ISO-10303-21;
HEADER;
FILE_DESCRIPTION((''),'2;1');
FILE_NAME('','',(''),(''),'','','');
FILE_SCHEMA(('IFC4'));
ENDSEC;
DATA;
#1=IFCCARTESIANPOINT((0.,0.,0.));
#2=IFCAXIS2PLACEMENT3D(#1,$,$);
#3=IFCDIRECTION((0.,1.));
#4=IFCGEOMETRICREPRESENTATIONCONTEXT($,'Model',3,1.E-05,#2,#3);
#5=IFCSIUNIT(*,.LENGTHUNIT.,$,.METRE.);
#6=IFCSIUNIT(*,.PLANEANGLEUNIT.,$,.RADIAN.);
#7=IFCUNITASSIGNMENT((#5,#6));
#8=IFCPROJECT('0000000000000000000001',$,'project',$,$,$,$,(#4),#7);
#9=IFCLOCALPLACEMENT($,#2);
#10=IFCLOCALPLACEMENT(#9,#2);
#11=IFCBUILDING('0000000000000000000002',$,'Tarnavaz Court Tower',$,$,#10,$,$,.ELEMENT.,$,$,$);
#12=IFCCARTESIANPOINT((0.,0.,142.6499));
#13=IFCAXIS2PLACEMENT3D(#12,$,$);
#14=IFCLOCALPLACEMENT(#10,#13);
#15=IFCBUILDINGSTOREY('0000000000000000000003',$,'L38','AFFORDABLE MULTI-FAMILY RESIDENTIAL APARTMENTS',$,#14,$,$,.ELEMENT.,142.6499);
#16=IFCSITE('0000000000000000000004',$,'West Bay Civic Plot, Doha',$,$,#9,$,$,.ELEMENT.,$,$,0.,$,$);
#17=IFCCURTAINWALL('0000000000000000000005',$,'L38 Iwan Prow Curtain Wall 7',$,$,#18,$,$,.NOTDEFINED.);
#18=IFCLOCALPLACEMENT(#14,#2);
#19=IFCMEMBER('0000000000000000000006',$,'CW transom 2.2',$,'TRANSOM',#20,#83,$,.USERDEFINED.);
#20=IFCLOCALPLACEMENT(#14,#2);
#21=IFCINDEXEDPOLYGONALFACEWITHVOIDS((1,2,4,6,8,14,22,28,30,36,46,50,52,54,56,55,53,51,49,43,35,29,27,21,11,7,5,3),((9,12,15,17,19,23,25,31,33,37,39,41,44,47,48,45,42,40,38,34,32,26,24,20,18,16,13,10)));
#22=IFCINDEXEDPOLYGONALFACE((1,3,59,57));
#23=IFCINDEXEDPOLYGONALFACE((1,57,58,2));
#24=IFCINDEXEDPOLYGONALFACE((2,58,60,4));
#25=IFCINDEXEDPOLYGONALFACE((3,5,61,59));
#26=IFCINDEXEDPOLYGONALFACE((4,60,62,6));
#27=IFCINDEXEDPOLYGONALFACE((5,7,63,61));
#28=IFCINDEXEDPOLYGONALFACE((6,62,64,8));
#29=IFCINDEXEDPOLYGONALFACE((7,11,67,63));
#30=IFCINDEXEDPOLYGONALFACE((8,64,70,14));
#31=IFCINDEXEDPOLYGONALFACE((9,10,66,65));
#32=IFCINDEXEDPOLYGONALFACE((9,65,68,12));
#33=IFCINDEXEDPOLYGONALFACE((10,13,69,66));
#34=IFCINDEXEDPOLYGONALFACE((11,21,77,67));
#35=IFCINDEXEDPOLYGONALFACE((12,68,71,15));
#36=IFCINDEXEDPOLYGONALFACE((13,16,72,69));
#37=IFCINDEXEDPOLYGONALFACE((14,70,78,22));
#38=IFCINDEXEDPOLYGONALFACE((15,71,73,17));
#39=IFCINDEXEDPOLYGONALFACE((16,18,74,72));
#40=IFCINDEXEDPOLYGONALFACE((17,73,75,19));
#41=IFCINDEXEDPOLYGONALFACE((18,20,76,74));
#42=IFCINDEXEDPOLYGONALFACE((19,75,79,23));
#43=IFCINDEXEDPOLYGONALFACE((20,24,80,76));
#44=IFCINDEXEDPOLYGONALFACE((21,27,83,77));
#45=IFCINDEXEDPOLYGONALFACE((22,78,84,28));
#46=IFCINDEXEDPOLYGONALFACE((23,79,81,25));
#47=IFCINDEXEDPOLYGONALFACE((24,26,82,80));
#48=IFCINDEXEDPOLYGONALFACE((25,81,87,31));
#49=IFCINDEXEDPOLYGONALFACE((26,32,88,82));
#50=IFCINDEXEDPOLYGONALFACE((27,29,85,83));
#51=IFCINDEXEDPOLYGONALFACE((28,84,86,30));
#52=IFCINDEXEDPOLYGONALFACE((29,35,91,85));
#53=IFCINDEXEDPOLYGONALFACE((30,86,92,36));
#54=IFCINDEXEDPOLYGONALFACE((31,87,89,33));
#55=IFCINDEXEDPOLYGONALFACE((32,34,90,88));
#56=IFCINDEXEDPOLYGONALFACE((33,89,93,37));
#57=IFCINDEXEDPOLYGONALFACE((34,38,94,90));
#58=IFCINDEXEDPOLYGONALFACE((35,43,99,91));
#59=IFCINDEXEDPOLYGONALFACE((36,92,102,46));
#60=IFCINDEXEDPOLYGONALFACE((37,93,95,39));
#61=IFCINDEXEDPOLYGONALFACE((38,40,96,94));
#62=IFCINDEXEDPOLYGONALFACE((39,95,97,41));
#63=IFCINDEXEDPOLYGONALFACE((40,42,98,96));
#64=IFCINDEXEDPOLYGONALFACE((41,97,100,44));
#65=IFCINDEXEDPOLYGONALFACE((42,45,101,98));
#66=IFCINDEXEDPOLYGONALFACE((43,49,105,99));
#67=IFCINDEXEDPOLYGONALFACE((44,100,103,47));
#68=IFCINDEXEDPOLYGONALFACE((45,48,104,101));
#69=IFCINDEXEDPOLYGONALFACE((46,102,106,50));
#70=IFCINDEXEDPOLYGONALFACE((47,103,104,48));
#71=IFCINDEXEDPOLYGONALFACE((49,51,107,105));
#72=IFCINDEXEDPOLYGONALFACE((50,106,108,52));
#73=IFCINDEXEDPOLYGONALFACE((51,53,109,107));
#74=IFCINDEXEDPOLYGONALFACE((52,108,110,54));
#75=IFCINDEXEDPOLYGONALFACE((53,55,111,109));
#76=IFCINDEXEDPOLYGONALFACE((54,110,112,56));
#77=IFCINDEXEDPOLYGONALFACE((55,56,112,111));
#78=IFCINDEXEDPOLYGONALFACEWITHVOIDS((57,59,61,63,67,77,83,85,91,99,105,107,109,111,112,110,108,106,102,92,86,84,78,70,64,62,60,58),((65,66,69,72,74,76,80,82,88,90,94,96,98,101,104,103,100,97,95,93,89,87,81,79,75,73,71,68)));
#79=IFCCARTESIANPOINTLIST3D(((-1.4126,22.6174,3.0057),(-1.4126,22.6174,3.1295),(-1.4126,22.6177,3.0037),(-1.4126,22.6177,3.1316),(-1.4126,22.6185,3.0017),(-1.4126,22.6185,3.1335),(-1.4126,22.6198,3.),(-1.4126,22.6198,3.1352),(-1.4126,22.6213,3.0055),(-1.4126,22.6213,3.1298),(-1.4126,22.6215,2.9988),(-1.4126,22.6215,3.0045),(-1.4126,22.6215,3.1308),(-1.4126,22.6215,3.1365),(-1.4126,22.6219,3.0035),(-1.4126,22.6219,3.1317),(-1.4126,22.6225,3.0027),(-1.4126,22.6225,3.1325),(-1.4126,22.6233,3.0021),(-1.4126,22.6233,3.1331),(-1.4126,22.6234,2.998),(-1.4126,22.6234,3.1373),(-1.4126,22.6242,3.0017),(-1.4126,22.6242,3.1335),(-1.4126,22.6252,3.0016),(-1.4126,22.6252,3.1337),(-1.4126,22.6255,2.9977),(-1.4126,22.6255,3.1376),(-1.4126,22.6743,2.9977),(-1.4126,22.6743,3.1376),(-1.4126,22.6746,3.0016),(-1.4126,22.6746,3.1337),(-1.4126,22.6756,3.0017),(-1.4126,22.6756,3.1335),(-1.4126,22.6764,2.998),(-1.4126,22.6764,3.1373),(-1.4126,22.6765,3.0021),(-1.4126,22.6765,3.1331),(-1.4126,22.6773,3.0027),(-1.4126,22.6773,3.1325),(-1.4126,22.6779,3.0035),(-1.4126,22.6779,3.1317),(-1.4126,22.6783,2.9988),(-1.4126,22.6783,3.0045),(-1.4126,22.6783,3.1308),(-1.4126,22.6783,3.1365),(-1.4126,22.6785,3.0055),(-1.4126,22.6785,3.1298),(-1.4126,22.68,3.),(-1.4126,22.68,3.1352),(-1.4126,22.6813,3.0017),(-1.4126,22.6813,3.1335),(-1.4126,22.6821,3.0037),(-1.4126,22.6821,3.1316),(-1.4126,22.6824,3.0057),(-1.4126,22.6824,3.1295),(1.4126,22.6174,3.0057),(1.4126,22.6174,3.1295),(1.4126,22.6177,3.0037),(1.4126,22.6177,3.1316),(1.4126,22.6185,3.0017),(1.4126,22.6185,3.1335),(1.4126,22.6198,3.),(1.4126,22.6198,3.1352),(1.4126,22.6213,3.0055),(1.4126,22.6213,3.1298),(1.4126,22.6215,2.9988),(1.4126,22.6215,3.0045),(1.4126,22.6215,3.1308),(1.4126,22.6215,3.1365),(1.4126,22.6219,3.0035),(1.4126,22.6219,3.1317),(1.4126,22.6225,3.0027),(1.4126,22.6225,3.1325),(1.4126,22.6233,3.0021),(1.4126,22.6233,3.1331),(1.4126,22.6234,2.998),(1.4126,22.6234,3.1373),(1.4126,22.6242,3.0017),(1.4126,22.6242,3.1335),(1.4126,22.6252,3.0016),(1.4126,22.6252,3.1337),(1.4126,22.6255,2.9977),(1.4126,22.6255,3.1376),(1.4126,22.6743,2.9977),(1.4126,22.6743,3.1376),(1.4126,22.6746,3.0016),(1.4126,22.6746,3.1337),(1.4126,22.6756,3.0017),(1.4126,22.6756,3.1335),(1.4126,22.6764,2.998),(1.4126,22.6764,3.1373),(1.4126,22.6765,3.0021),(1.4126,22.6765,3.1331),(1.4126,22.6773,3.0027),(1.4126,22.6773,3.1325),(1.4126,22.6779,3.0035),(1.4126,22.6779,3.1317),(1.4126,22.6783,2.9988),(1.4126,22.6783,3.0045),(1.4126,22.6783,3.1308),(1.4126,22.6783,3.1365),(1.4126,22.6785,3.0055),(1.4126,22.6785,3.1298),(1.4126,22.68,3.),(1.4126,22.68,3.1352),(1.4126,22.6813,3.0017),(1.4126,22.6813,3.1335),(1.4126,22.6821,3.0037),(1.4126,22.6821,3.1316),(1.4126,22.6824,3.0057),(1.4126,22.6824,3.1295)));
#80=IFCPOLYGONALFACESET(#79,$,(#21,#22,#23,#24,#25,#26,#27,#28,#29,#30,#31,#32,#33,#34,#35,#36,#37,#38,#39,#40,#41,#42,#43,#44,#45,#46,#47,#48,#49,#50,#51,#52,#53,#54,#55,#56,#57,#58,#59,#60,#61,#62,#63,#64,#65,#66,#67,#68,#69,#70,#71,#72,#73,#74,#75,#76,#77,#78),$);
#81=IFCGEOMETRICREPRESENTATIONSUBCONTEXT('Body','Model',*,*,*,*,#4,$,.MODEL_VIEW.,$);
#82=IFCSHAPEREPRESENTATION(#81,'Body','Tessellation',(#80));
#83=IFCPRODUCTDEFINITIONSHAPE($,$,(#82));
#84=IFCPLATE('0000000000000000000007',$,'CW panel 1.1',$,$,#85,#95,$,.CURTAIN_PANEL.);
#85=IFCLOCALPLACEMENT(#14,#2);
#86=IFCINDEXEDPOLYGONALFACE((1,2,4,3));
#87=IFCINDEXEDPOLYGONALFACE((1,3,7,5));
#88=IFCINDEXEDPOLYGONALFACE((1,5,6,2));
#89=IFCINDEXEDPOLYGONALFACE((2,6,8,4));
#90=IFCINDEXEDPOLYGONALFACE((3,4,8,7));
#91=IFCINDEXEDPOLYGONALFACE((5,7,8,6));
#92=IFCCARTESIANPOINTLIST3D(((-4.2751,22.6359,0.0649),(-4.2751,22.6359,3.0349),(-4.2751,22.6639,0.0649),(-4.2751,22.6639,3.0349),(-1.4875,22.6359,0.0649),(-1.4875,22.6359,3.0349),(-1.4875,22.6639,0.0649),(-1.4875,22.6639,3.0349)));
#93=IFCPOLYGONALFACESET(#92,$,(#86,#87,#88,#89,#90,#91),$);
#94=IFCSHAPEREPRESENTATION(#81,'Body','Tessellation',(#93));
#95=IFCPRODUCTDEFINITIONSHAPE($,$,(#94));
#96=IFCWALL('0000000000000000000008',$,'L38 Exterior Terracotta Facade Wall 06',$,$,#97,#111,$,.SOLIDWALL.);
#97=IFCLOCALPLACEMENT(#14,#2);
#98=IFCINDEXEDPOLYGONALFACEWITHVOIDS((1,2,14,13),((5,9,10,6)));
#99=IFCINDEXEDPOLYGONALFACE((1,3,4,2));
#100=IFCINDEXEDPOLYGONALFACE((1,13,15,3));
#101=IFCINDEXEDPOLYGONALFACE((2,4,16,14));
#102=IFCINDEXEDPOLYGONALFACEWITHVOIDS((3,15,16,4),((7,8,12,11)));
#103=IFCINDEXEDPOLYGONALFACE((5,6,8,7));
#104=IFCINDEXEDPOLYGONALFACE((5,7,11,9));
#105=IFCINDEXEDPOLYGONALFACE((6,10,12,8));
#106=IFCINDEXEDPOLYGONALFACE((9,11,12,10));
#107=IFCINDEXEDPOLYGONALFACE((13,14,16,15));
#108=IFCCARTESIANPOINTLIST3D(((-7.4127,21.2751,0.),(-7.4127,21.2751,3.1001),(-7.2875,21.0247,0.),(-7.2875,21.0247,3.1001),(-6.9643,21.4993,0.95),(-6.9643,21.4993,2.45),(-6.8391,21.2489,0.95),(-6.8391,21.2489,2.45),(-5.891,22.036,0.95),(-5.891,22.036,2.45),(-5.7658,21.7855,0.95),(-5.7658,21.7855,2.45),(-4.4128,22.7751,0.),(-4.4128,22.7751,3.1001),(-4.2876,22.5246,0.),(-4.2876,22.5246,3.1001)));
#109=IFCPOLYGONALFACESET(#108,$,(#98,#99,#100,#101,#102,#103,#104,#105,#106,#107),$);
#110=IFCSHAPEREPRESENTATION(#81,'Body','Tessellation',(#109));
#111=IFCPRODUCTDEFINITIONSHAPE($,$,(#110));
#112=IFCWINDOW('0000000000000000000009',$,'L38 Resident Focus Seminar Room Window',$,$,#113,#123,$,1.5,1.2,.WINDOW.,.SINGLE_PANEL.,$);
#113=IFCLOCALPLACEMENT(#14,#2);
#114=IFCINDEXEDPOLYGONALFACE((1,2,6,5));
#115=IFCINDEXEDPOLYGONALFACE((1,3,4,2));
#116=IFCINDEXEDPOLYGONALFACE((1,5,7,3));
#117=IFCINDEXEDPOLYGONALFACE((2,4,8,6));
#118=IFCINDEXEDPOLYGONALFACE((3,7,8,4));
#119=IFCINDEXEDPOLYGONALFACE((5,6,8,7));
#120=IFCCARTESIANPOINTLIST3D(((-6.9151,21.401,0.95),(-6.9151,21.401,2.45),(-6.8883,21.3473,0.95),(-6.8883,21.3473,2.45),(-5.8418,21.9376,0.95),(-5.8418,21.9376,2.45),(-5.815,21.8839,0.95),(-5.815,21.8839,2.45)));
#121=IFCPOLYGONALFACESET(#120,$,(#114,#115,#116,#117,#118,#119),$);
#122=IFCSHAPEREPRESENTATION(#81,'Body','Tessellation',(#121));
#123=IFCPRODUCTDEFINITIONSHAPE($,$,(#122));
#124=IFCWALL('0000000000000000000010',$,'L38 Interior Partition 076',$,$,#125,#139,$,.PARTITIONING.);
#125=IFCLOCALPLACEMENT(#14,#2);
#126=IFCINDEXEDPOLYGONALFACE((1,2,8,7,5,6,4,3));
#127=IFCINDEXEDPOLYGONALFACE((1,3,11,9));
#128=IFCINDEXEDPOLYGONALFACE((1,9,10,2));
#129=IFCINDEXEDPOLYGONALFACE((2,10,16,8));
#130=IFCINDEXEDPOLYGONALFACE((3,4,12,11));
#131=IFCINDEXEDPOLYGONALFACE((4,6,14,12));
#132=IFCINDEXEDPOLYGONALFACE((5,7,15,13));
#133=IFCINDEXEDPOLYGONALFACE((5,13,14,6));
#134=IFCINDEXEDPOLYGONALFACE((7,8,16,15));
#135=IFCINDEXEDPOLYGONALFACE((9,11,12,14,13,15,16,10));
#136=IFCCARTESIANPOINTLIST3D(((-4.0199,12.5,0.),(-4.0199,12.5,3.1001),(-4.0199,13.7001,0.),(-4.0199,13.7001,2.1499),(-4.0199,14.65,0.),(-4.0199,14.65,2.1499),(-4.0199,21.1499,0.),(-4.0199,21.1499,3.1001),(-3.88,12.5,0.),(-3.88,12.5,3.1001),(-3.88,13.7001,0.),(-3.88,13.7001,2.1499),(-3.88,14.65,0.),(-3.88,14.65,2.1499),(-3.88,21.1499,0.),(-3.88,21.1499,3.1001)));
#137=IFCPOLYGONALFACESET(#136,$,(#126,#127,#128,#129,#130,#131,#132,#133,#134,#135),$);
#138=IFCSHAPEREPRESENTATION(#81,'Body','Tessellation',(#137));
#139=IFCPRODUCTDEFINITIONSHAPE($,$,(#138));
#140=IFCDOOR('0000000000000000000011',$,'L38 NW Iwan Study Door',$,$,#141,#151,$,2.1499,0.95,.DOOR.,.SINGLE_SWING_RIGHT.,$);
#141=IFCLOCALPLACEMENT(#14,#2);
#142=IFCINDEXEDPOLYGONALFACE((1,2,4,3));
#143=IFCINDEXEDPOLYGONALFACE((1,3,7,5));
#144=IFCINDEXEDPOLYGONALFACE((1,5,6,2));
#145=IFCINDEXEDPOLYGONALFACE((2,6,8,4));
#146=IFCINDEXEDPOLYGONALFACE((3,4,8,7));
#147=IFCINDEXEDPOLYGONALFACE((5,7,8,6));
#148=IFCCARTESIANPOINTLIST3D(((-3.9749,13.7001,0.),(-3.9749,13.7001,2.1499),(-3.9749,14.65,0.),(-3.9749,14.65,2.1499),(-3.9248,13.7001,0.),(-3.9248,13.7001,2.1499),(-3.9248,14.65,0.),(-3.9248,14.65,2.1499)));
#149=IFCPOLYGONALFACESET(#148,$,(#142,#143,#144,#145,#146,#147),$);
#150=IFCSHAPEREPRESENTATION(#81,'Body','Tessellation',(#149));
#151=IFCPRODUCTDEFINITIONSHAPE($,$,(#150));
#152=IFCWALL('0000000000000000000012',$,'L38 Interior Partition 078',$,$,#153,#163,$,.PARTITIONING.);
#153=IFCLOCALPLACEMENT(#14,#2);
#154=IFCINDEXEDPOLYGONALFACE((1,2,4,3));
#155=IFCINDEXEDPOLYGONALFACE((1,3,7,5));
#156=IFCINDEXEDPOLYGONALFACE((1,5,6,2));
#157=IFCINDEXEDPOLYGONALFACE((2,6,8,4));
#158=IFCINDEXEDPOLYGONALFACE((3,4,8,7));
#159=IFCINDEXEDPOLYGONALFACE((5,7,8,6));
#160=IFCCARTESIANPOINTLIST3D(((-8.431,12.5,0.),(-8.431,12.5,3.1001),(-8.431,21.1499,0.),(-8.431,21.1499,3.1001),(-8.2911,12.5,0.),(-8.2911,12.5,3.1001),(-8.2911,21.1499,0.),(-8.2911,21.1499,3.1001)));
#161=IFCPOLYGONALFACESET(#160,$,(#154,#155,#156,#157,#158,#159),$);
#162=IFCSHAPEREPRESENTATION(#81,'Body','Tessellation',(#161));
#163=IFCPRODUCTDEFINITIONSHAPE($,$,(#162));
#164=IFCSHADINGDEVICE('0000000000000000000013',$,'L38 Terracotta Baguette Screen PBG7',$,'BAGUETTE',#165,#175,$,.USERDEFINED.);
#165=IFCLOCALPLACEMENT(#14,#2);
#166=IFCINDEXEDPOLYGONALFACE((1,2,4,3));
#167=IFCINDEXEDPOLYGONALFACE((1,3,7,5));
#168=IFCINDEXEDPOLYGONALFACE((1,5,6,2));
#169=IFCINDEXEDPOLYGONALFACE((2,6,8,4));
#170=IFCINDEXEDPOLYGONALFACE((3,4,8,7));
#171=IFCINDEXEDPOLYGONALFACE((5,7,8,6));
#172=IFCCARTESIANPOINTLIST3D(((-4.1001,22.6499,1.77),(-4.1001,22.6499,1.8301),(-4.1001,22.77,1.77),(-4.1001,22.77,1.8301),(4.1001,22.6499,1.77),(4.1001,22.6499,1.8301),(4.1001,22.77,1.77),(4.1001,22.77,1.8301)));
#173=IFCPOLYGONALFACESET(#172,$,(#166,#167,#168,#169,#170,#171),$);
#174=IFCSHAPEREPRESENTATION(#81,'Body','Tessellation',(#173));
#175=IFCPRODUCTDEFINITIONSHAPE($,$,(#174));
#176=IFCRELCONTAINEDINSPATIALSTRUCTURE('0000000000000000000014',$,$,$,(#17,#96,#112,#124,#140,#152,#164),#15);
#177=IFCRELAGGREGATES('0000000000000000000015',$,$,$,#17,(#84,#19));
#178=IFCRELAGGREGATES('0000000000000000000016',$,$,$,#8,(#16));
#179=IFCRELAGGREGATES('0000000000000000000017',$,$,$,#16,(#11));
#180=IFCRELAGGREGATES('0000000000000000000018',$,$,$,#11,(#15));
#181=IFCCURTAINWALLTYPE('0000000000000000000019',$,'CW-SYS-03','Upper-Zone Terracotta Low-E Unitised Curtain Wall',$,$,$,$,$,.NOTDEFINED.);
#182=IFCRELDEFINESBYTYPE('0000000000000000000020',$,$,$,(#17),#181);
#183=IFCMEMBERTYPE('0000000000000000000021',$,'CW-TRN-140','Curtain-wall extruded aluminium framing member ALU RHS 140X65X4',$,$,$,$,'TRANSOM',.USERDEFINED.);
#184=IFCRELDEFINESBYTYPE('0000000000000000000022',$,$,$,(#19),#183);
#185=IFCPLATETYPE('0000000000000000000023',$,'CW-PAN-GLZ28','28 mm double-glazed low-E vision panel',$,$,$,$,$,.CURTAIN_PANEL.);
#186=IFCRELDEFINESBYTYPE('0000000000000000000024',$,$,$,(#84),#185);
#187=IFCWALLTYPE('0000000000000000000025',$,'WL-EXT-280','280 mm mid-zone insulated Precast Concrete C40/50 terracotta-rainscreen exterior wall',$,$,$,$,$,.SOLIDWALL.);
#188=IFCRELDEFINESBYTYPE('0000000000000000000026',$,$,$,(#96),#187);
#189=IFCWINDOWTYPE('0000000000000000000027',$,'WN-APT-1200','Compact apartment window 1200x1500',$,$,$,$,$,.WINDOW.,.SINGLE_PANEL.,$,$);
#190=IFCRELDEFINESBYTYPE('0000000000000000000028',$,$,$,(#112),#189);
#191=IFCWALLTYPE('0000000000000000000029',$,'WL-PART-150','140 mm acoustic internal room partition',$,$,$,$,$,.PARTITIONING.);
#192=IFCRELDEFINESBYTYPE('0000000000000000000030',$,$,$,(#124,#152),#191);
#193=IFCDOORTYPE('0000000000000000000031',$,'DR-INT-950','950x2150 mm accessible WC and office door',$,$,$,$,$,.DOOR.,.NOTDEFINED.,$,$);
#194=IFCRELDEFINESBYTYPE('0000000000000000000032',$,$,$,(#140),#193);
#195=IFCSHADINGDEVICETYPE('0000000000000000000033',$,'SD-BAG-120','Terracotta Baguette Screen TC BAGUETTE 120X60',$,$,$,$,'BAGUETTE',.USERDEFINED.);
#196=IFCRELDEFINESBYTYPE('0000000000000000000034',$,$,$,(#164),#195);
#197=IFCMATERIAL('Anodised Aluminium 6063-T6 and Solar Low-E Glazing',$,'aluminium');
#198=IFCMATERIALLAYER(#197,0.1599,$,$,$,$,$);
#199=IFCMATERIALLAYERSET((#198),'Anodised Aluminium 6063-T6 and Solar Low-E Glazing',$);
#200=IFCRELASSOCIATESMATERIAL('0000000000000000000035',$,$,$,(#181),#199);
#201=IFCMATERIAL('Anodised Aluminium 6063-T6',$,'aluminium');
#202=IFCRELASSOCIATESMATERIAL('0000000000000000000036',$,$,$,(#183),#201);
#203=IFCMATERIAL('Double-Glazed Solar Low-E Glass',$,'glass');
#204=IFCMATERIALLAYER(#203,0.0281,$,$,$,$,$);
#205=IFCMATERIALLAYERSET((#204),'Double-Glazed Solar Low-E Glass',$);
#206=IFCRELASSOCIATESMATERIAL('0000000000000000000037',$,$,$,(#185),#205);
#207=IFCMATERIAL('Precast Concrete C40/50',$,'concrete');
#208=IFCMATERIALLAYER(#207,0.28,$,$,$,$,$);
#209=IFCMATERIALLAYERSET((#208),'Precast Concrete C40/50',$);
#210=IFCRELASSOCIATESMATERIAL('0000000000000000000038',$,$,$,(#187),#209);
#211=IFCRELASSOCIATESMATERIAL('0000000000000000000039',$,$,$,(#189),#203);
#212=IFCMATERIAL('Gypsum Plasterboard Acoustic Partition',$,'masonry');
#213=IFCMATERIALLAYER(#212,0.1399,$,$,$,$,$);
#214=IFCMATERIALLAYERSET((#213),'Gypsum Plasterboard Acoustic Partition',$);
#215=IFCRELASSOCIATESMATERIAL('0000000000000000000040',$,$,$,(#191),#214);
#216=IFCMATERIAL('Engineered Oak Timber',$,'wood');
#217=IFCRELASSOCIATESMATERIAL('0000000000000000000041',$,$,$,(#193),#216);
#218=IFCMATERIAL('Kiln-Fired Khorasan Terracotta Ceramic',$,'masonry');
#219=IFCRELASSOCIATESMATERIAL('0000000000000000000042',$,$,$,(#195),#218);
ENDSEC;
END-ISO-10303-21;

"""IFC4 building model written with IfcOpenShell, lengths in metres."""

from ifc_helpers import new_model, si_unit, direction, frame, frame_2d, origin, origin_2d, place, context, subcontext, project, spatial, rectangle, hollow_rectangle, extrude, material, layer, layer_set, material_profile, profile_set, type_object, element, fill, aggregate, save


model = new_model("IFC4")

# Units and contexts
model_context = context("Model", 3, precision=1e-05, world=origin(), true_north=direction((0.0, 1.0)))
body_context = subcontext(model_context, "Body", "Model", "MODEL_VIEW")
ifc_project = project(units=[si_unit("LENGTHUNIT", "METRE"), si_unit("PLANEANGLEUNIT", "RADIAN")], contexts=[model_context])

# Site, building, storey
site_placement = place(None, origin())
site = spatial("IfcSite", under=ifc_project, at=site_placement, Name="West Bay Civic Plot, Doha", CompositionType="ELEMENT", RefElevation=0.0)
building_placement = place(site_placement, origin())
building = spatial("IfcBuilding", under=site, at=building_placement, Name="Tarnavaz Court Tower", CompositionType="ELEMENT")
storey_placement = place(building_placement, frame((0.0, 0.0, 142.6499)))
storey = spatial("IfcBuildingStorey", under=building, at=storey_placement, Name="L38", Description="AFFORDABLE MULTI-FAMILY RESIDENTIAL APARTMENTS", CompositionType="ELEMENT", Elevation=142.6499)

# Curtain wall, member, plate
ifc_material_1 = material(Name="Anodised Aluminium 6063-T6 and Solar Low-E Glazing", Category="aluminium")
ifc_layer_1 = layer(ifc_material_1, 0.1599)
ifc_layer_set_1 = layer_set([ifc_layer_1], Name="Anodised Aluminium 6063-T6 and Solar Low-E Glazing")
curtain_wall_type = type_object("IfcCurtainWallType", Name="CW-SYS-03", Description="Upper-Zone Terracotta Low-E Unitised Curtain Wall", PredefinedType="NOTDEFINED", material=ifc_layer_set_1)
curtain_wall_placement = place(storey_placement, origin())
curtain_wall = element("IfcCurtainWall", 1, at=curtain_wall_placement, inside=storey, type_object=curtain_wall_type, Name="L38 Iwan Prow Curtain Wall 7", PredefinedType="NOTDEFINED")
ifc_material_2 = material(Name="Anodised Aluminium 6063-T6", Category="aluminium")
ifc_material_profile_1 = material_profile(ifc_material_2, hollow_rectangle(XDim=0.0649, YDim=0.1399, WallThickness=0.0039, InnerFilletRadius=0.0039, OuterFilletRadius=0.0081, at=origin_2d()), Name="ALU RHS 140X65X4")
ifc_profile_set_1 = profile_set([ifc_material_profile_1], Name="Anodised Aluminium 6063-T6")
member_type_1 = type_object("IfcMemberType", Name="CW-TRN-140", Description="Curtain-wall extruded aluminium framing member ALU RHS 140X65X4", ElementType="TRANSOM", PredefinedType="USERDEFINED", material=ifc_profile_set_1)
member_1_placement = place(storey_placement, frame((-1.4126, 22.6499, 3.0676), z_axis=(1.0, 0.0, 0.0), x_axis=(0.0, 1.0, 0.0)))
member_1 = element("IfcMember", 2, at=member_1_placement, type_object=member_type_1, Name="CW transom 2.2", ObjectType="TRANSOM", PredefinedType="USERDEFINED", context=body_context, shape_type="SweptSolid", body=[
    extrude(hollow_rectangle(XDim=0.0649, YDim=0.1399, WallThickness=0.0039, InnerFilletRadius=0.0039, OuterFilletRadius=0.0081, at=origin_2d()), origin(), (0.0, 0.0, 1.0), 2.8252),
])
ifc_material_3 = material(Name="Double-Glazed Solar Low-E Glass", Category="glass")
ifc_layer_2 = layer(ifc_material_3, 0.0281)
ifc_layer_set_2 = layer_set([ifc_layer_2], Name="Double-Glazed Solar Low-E Glass")
plate_type = type_object("IfcPlateType", Name="CW-PAN-GLZ28", Description="28 mm double-glazed low-E vision panel", PredefinedType="CURTAIN_PANEL", material=ifc_layer_set_2)
plate_placement = place(storey_placement, frame((-2.8813, 22.6499, 0.0649), z_axis=(0.0, 0.0, 1.0), x_axis=(1.0, 0.0, 0.0)))
plate = element("IfcPlate", 3, at=plate_placement, type_object=plate_type, Name="CW panel 1.1", PredefinedType="CURTAIN_PANEL", context=body_context, shape_type="SweptSolid", body=[
    extrude(rectangle(XDim=2.7876, YDim=0.0281, at=origin_2d()), origin(), (0.0, 0.0, 1.0), 2.97),
])
aggregate(curtain_wall, [plate, member_1])

# Wall, opening, window
ifc_material_4 = material(Name="Precast Concrete C40/50", Category="concrete")
ifc_layer_3 = layer(ifc_material_4, 0.28)
ifc_layer_set_3 = layer_set([ifc_layer_3], Name="Precast Concrete C40/50")
wall_type_1 = type_object("IfcWallType", Name="WL-EXT-280", Description="280 mm mid-zone insulated Precast Concrete C40/50 terracotta-rainscreen exterior wall", PredefinedType="SOLIDWALL", material=ifc_layer_set_3)
wall_1_placement = place(storey_placement, frame((-7.3501, 21.1499, 0.0), z_axis=(0.0, 0.0, 1.0), x_axis=(0.894427, 0.447214, 0.0)))
wall_1 = element("IfcWall", 4, at=wall_1_placement, inside=storey, type_object=wall_type_1, Name="L38 Exterior Terracotta Facade Wall 06", PredefinedType="SOLIDWALL", context=body_context, shape_type="SweptSolid", body=[
    extrude(rectangle(XDim=3.354, YDim=0.28, at=frame_2d((1.677, 0.0))), origin(), (0.0, 0.0, 1.0), 3.1001),
])
opening_1_placement = place(wall_1_placement, frame((0.5012, 0.0, 0.95)))
opening_1 = element("IfcOpeningElement", 5, at=opening_1_placement, cuts=wall_1, PredefinedType="OPENING", context=body_context, shape_type="SweptSolid", body=[
    extrude(rectangle(XDim=1.2, YDim=1.5, at=frame_2d((0.6001, 0.75))), frame((0.0, 0.1499, 0.0), z_axis=(0.0, -1.0, 0.0), x_axis=(1.0, 0.0, 0.0)), (0.0, 0.0, 1.0), 0.3),
])
window_type = type_object("IfcWindowType", Name="WN-APT-1200", Description="Compact apartment window 1200x1500", PartitioningType="SINGLE_PANEL", PredefinedType="WINDOW", material=ifc_material_3)
window_placement = place(opening_1_placement, origin())
window = element("IfcWindow", 6, at=window_placement, inside=storey, type_object=window_type, Name="L38 Resident Focus Seminar Room Window", OverallHeight=1.5, OverallWidth=1.2, PartitioningType="SINGLE_PANEL", PredefinedType="WINDOW", context=body_context, shape_type="SweptSolid", body=[
    extrude(rectangle(XDim=1.2, YDim=1.5, at=frame_2d((0.6001, 0.75))), frame((0.0, 0.03, 0.0), z_axis=(0.0, -1.0, 0.0), x_axis=(1.0, 0.0, 0.0)), (0.0, 0.0, 1.0), 0.0601),
])
fill(opening_1, window)

# Wall, opening, door
ifc_material_5 = material(Name="Gypsum Plasterboard Acoustic Partition", Category="masonry")
ifc_layer_4 = layer(ifc_material_5, 0.1399)
ifc_layer_set_4 = layer_set([ifc_layer_4], Name="Gypsum Plasterboard Acoustic Partition")
wall_type_2 = type_object("IfcWallType", Name="WL-PART-150", Description="140 mm acoustic internal room partition", PredefinedType="PARTITIONING", material=ifc_layer_set_4)
wall_2_placement = place(storey_placement, frame((-3.95, 12.5, 0.0), z_axis=(0.0, 0.0, 1.0), x_axis=(0.0, 1.0, 0.0)))
wall_2 = element("IfcWall", 7, at=wall_2_placement, inside=storey, type_object=wall_type_2, Name="L38 Interior Partition 076", PredefinedType="PARTITIONING", context=body_context, shape_type="SweptSolid", body=[
    extrude(rectangle(XDim=8.6499, YDim=0.1399, at=frame_2d((4.325, 0.0))), origin(), (0.0, 0.0, 1.0), 3.1001),
])
opening_2_placement = place(wall_2_placement, frame((1.2, 0.0, 0.0)))
opening_2 = element("IfcOpeningElement", 8, at=opening_2_placement, cuts=wall_2, PredefinedType="OPENING", context=body_context, shape_type="SweptSolid", body=[
    extrude(rectangle(XDim=0.95, YDim=2.1499, at=frame_2d((0.4751, 1.075))), frame((0.0, 0.0798, 0.0), z_axis=(0.0, -1.0, 0.0), x_axis=(1.0, 0.0, 0.0)), (0.0, 0.0, 1.0), 0.1599),
])
ifc_material_6 = material(Name="Engineered Oak Timber", Category="wood")
door_type = type_object("IfcDoorType", Name="DR-INT-950", Description="950x2150 mm accessible WC and office door", OperationType="NOTDEFINED", PredefinedType="DOOR", material=ifc_material_6)
door_placement = place(opening_2_placement, origin())
door = element("IfcDoor", 9, at=door_placement, inside=storey, type_object=door_type, Name="L38 NW Iwan Study Door", OperationType="SINGLE_SWING_RIGHT", OverallHeight=2.1499, OverallWidth=0.95, PredefinedType="DOOR", context=body_context, shape_type="SweptSolid", body=[
    extrude(rectangle(XDim=0.95, YDim=2.1499, at=frame_2d((0.4751, 1.075))), frame((0.0, 0.0249, 0.0), z_axis=(0.0, -1.0, 0.0), x_axis=(1.0, 0.0, 0.0)), (0.0, 0.0, 1.0), 0.05),
])
fill(opening_2, door)

# Wall
wall_3_placement = place(storey_placement, frame((-8.3611, 12.5, 0.0), z_axis=(0.0, 0.0, 1.0), x_axis=(0.0, 1.0, 0.0)))
element("IfcWall", 10, at=wall_3_placement, inside=storey, type_object=wall_type_2, Name="L38 Interior Partition 078", PredefinedType="PARTITIONING", context=body_context, shape_type="SweptSolid", body=[
    extrude(rectangle(XDim=8.6499, YDim=0.1399, at=frame_2d((4.325, 0.0))), origin(), (0.0, 0.0, 1.0), 3.1001),
])

# Shading device
ifc_material_7 = material(Name="Kiln-Fired Khorasan Terracotta Ceramic", Category="masonry")
ifc_material_profile_2 = material_profile(ifc_material_7, rectangle(XDim=0.1201, YDim=0.0601, at=origin_2d()), Name="TC BAGUETTE 120X60")
ifc_profile_set_2 = profile_set([ifc_material_profile_2], Name="Kiln-Fired Khorasan Terracotta Ceramic")
shading_device_type = type_object("IfcShadingDeviceType", Name="SD-BAG-120", Description="Terracotta Baguette Screen TC BAGUETTE 120X60", ElementType="BAGUETTE", PredefinedType="USERDEFINED", material=ifc_profile_set_2)
shading_device_placement = place(storey_placement, frame((-4.1001, 22.71, 1.8), z_axis=(1.0, 0.0, 0.0), x_axis=(0.0, 1.0, 0.0)))
element("IfcShadingDevice", 11, at=shading_device_placement, inside=storey, type_object=shading_device_type, Name="L38 Terracotta Baguette Screen PBG7", ObjectType="BAGUETTE", PredefinedType="USERDEFINED", context=body_context, shape_type="SweptSolid", body=[
    extrude(rectangle(XDim=0.1201, YDim=0.0601, at=origin_2d()), origin(), (0.0, 0.0, 1.0), 8.2002),
])

save(model, "model.ifc")
